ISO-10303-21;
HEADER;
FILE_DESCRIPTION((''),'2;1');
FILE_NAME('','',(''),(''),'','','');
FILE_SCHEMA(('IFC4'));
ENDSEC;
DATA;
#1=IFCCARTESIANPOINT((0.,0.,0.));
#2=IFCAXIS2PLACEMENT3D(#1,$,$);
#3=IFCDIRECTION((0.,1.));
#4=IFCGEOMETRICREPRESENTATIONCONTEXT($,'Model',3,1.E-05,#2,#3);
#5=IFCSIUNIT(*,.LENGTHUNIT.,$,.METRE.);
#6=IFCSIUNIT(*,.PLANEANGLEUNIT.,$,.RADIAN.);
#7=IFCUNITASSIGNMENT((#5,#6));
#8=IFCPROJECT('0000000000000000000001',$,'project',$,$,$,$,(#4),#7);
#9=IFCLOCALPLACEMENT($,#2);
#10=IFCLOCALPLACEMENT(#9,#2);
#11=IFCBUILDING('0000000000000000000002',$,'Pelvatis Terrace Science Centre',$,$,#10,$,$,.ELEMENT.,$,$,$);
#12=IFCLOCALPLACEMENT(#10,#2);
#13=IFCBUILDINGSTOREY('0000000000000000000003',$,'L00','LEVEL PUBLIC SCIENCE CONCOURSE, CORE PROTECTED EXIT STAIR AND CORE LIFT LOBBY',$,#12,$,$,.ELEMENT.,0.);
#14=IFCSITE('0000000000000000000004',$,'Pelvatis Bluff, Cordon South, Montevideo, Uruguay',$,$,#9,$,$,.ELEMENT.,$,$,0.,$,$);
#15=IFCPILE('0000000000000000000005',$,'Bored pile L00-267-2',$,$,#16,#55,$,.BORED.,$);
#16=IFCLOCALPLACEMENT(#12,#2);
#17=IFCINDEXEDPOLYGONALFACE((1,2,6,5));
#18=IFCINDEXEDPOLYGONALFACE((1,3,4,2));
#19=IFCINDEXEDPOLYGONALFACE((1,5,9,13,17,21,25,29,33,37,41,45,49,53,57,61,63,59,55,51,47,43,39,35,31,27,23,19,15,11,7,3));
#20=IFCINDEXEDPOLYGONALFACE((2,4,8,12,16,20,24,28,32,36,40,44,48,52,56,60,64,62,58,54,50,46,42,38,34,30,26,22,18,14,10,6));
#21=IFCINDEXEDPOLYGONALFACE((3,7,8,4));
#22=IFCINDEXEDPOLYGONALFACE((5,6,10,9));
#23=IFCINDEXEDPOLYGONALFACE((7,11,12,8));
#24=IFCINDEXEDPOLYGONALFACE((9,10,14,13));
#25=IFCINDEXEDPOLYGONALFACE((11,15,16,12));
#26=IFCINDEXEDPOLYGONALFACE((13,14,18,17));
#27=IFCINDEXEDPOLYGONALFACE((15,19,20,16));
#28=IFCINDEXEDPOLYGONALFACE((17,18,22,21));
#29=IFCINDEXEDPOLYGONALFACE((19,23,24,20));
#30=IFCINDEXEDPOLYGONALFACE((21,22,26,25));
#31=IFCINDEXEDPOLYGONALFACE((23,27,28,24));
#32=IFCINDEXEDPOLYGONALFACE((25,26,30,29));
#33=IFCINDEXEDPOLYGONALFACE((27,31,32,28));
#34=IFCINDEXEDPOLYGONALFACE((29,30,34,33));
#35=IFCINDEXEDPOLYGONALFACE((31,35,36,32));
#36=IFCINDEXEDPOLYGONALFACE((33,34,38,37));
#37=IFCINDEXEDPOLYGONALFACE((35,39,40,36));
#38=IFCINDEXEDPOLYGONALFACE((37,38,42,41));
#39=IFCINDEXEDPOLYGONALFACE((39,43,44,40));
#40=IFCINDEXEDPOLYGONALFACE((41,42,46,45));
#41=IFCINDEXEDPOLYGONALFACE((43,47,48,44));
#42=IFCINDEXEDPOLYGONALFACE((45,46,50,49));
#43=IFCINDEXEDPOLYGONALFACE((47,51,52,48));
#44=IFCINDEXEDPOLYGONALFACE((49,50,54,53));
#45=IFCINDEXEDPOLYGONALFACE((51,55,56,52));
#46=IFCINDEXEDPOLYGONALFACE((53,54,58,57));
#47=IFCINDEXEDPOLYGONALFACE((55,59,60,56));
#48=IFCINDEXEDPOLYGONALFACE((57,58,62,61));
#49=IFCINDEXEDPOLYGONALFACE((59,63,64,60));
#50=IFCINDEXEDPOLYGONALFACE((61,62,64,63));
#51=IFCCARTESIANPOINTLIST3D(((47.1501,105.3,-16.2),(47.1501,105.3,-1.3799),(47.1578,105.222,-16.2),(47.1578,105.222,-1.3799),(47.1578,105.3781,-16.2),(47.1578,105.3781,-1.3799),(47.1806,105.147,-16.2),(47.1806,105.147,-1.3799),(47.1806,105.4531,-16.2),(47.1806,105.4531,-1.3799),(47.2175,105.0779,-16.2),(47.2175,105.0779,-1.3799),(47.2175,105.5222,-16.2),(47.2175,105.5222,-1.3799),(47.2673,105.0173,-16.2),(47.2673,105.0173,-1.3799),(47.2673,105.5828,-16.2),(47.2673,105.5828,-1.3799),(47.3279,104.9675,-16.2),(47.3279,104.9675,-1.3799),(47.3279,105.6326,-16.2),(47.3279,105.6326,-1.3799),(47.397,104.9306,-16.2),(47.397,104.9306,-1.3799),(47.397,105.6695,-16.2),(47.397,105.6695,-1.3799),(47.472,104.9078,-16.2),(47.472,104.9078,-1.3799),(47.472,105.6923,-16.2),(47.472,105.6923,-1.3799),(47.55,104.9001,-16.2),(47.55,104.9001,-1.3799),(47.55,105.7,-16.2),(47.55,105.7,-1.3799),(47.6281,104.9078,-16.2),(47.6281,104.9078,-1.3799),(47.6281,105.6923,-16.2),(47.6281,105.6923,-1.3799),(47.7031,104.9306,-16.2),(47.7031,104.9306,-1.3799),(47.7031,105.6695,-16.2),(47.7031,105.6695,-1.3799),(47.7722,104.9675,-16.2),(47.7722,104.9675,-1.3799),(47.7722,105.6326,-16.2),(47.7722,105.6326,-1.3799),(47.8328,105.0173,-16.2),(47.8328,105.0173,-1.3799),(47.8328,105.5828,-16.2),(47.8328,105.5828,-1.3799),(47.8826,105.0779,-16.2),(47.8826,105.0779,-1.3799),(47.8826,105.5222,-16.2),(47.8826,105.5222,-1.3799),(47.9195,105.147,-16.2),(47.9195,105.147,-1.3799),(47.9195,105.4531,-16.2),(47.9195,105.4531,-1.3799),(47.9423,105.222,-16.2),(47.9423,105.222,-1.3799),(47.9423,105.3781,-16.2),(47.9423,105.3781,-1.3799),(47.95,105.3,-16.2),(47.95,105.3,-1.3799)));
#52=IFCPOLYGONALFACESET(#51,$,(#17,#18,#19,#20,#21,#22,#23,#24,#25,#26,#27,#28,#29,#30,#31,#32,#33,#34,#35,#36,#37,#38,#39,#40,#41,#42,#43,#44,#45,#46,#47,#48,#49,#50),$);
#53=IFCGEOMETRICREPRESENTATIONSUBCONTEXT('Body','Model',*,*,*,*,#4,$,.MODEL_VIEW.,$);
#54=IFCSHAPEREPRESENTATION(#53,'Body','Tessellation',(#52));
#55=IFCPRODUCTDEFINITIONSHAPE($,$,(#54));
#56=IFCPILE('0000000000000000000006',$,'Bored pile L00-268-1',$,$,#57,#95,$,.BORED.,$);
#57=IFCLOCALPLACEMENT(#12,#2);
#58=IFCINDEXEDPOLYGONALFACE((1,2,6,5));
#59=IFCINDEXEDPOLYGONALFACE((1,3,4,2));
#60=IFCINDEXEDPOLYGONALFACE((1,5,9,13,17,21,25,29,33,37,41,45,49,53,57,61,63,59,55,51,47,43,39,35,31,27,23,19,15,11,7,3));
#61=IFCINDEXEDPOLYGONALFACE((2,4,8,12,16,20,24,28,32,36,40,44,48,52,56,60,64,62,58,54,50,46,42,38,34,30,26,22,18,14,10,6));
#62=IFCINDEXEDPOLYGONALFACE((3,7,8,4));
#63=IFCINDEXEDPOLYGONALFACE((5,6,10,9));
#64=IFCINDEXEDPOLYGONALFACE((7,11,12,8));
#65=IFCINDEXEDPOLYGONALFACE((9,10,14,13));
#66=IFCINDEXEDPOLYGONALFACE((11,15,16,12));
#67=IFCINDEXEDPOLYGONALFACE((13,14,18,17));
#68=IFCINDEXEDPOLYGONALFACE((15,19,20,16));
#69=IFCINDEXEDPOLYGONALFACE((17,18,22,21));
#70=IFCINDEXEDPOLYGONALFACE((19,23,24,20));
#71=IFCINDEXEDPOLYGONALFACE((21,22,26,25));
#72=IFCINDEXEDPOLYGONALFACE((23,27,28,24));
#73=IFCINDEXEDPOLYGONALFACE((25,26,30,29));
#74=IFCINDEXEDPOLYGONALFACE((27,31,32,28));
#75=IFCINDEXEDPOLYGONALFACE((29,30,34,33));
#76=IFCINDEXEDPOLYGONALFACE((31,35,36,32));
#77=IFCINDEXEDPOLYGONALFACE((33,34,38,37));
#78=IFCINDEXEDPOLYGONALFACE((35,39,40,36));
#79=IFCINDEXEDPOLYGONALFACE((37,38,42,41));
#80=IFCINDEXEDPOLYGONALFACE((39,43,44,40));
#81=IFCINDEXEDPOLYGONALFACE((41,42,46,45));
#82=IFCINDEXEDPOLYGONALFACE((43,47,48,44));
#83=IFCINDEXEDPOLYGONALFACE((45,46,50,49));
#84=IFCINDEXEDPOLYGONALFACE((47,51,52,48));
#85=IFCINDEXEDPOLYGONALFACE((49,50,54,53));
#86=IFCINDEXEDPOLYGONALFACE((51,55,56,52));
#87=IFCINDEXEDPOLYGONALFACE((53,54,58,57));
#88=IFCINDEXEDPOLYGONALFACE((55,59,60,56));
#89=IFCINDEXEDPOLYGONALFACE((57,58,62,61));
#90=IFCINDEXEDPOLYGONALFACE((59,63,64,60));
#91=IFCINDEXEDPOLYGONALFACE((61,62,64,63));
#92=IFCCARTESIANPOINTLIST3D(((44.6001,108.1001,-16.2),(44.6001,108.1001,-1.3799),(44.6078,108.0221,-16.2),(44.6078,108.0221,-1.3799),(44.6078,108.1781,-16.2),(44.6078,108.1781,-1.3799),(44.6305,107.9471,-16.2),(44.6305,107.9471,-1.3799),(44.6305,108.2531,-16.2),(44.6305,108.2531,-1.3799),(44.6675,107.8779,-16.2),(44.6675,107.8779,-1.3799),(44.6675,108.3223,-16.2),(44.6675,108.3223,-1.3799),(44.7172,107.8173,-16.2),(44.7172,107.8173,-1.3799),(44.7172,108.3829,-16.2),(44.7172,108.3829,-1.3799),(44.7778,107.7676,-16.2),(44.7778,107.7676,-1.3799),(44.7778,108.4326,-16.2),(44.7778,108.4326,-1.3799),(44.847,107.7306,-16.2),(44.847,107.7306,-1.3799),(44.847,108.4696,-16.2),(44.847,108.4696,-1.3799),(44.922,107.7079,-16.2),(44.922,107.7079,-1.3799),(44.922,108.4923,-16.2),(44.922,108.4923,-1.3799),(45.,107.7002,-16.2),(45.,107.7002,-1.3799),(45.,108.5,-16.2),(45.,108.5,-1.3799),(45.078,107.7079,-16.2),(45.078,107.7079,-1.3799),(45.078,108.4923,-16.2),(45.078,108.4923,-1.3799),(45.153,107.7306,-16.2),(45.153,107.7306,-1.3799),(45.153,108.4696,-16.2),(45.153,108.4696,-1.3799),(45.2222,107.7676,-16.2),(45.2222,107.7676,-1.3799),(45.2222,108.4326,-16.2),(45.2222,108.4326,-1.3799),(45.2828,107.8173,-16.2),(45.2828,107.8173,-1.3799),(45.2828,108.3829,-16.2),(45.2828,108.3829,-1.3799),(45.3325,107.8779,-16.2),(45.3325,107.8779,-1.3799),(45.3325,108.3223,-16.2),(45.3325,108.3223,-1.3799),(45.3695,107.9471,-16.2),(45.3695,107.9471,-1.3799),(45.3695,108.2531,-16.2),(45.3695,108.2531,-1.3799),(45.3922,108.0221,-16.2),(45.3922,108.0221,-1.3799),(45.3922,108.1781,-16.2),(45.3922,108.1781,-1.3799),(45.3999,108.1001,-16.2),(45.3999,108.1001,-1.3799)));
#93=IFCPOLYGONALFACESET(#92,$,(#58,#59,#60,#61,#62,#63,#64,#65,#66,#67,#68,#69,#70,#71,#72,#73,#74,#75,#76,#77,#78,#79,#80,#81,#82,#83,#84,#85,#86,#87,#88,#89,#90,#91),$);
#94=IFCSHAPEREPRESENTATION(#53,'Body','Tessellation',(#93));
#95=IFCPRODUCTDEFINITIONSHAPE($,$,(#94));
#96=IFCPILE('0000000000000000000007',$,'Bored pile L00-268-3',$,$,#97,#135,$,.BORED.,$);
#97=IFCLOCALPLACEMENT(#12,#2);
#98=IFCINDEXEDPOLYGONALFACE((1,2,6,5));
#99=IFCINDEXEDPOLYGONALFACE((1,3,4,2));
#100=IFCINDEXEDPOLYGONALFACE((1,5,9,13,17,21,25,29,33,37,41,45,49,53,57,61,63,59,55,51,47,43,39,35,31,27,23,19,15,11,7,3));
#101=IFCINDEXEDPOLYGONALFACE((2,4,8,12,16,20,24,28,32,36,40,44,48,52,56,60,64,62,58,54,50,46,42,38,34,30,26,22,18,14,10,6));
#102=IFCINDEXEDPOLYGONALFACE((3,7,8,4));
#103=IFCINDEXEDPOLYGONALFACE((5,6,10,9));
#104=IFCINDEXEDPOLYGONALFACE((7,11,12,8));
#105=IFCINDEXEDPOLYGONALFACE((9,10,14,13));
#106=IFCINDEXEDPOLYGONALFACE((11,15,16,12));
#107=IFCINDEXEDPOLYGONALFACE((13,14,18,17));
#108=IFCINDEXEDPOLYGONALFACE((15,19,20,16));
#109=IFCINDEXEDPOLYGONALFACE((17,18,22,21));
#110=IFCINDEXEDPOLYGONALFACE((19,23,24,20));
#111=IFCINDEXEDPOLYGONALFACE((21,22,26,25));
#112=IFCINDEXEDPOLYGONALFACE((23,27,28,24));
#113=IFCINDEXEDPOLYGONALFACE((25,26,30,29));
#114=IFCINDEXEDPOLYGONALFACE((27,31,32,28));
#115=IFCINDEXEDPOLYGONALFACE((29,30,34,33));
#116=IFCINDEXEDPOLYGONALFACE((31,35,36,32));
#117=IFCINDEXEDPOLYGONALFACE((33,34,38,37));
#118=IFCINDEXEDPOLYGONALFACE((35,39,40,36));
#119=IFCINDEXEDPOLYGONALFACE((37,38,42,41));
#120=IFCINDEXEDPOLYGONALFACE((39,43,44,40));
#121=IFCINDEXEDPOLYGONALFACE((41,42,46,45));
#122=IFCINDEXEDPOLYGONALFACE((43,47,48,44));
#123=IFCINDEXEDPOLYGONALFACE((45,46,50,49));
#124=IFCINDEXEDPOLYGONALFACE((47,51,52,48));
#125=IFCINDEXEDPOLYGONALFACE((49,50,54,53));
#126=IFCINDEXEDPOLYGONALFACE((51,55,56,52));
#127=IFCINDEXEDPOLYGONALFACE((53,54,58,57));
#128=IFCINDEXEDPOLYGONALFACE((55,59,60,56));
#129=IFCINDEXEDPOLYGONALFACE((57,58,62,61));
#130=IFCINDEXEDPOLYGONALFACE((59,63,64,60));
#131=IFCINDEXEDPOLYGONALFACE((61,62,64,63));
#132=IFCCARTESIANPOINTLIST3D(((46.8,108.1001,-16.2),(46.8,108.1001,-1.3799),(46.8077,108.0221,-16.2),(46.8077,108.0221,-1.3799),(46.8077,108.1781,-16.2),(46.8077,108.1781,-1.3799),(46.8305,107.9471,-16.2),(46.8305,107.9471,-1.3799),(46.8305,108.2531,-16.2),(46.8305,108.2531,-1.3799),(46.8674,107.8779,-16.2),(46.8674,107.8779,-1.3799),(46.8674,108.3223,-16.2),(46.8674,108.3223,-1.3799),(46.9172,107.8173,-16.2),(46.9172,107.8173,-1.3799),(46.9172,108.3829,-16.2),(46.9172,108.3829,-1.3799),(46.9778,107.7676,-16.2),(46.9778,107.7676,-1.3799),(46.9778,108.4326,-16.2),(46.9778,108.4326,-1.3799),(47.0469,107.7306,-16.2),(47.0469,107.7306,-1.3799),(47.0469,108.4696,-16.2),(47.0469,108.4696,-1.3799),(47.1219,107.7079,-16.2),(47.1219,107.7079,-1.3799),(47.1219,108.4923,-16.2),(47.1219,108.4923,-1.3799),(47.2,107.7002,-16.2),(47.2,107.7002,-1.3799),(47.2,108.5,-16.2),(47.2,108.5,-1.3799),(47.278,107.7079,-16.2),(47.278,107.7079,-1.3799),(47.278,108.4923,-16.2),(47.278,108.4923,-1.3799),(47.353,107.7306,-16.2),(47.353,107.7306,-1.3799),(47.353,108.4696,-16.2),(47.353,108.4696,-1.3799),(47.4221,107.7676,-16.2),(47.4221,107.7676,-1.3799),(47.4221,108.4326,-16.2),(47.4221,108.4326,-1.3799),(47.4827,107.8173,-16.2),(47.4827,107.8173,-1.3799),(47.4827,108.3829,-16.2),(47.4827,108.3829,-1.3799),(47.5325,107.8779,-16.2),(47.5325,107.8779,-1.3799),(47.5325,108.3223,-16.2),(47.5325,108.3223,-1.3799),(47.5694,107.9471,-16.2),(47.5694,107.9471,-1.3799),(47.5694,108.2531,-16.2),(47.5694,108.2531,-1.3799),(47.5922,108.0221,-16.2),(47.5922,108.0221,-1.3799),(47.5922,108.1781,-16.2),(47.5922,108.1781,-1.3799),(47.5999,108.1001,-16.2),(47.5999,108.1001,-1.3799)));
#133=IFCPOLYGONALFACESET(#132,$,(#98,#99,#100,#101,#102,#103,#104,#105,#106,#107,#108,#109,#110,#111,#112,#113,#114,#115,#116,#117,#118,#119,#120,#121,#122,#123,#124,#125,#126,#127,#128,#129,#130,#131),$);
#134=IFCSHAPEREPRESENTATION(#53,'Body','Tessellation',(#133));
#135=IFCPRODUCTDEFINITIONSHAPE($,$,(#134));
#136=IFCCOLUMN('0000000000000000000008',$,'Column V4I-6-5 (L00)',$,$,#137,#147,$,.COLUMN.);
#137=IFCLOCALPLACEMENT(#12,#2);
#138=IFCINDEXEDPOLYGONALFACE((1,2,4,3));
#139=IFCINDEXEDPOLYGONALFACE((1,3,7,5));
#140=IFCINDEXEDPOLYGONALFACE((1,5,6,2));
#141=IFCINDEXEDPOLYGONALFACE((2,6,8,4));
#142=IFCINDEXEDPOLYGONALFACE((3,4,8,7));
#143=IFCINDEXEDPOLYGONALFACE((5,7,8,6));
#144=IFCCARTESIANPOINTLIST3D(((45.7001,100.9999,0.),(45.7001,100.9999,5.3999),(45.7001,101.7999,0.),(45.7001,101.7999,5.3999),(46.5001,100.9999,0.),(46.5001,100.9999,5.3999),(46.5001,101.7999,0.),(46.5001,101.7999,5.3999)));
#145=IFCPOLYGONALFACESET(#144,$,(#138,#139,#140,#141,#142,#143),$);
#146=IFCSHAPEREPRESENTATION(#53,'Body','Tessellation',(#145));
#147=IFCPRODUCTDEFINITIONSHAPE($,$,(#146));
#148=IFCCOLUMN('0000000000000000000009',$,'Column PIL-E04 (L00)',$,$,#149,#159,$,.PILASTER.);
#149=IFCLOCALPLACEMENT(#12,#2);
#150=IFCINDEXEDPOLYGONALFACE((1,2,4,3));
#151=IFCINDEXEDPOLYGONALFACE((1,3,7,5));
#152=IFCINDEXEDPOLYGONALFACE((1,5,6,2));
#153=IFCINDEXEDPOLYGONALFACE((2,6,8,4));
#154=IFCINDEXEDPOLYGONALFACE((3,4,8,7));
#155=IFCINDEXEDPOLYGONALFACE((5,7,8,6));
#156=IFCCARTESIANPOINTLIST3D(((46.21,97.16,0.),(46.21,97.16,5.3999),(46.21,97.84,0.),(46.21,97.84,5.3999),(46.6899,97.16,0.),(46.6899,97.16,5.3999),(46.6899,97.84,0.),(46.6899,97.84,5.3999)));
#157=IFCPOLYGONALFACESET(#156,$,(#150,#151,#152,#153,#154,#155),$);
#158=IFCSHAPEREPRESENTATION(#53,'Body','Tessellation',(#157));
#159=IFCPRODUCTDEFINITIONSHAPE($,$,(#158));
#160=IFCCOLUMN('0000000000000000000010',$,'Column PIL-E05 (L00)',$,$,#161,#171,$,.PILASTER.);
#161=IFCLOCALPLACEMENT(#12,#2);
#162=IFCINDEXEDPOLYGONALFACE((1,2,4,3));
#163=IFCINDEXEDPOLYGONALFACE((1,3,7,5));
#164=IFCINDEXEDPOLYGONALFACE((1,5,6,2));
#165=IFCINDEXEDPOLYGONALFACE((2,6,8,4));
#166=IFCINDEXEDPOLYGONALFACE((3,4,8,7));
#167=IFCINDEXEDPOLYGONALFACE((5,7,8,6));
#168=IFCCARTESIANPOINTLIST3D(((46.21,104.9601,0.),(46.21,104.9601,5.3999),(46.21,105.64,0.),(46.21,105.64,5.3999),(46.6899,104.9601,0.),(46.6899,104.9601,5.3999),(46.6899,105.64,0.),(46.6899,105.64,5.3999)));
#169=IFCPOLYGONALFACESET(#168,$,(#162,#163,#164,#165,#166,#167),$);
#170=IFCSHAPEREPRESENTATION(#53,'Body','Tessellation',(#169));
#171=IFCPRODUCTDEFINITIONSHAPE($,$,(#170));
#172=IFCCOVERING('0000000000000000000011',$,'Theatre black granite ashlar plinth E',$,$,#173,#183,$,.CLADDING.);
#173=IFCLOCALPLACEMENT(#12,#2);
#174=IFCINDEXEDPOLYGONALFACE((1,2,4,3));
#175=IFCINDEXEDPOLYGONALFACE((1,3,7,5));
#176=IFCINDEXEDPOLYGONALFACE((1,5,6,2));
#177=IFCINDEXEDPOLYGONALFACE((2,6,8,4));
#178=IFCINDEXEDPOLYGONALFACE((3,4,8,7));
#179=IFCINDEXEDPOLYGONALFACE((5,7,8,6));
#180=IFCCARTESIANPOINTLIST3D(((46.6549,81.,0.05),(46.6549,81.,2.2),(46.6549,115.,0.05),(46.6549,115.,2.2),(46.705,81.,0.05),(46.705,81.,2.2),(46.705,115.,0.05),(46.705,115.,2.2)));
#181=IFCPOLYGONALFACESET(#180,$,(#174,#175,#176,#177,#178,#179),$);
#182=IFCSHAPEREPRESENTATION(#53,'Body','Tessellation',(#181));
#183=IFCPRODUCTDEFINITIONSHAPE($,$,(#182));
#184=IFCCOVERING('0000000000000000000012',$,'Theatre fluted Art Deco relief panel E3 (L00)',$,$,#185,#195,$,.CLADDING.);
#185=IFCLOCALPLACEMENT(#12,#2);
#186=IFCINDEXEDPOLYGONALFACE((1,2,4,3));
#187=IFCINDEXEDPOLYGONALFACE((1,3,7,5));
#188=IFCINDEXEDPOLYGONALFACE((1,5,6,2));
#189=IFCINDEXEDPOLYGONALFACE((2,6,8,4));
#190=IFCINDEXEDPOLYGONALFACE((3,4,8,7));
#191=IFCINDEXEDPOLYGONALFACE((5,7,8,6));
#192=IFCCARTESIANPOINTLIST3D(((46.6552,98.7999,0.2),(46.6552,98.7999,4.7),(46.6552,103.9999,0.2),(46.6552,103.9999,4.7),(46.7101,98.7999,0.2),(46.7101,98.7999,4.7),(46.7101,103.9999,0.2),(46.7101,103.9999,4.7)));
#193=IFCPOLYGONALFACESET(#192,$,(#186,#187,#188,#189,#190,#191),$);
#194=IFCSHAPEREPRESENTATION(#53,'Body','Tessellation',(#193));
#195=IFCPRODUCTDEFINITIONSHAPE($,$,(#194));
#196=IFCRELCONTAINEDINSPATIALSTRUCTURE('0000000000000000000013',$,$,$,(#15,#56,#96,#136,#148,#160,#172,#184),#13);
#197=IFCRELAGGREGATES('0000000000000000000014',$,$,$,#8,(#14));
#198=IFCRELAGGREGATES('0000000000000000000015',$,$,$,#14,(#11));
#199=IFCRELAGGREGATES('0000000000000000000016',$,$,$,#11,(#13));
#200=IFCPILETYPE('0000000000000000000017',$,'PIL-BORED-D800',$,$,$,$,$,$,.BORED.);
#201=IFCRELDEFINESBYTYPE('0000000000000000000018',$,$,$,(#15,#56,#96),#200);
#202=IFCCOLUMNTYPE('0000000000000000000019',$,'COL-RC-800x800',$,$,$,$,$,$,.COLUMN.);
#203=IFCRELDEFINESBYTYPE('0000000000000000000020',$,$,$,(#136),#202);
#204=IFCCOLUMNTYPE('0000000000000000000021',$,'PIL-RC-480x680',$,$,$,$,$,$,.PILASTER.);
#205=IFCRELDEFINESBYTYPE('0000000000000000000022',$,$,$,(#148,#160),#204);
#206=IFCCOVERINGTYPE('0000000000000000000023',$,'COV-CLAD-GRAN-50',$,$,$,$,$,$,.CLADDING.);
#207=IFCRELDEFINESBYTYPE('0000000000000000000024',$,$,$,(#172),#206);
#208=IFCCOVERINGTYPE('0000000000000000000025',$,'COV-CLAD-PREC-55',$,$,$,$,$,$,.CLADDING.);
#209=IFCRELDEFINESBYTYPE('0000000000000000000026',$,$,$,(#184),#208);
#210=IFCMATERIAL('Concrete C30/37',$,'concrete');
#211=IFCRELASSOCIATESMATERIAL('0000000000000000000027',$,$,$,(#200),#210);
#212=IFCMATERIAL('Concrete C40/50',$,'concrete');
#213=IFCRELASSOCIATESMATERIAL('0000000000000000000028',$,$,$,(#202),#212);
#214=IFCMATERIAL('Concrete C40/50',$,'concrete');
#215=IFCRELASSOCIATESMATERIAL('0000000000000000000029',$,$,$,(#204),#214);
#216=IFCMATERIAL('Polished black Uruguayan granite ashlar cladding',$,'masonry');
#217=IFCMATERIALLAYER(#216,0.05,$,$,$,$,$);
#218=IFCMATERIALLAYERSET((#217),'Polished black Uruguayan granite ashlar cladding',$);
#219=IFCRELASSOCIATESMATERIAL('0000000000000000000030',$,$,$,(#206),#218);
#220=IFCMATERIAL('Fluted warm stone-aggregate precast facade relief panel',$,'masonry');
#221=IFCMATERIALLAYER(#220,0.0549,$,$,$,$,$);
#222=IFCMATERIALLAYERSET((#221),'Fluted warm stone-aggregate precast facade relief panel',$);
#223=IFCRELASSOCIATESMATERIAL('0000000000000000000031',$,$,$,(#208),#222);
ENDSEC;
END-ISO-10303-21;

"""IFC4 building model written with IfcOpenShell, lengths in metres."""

from ifc_helpers import new_model, si_unit, direction, frame, origin, origin_2d, place, context, subcontext, project, spatial, rectangle, circle, extrude, material, layer, layer_set, material_profile, profile_set, type_object, element, save


model = new_model("IFC4")

# Units and contexts
model_context = context("Model", 3, precision=1e-05, world=origin(), true_north=direction((0.0, 1.0)))
body_context = subcontext(model_context, "Body", "Model", "MODEL_VIEW")
ifc_project = project(units=[si_unit("LENGTHUNIT", "METRE"), si_unit("PLANEANGLEUNIT", "RADIAN")], contexts=[model_context])

# Site, building, storey
site_placement = place(None, origin())
site = spatial("IfcSite", under=ifc_project, at=site_placement, Name="Pelvatis Bluff, Cordon South, Montevideo, Uruguay", CompositionType="ELEMENT", RefElevation=0.0)
building_placement = place(site_placement, origin())
building = spatial("IfcBuilding", under=site, at=building_placement, Name="Pelvatis Terrace Science Centre", CompositionType="ELEMENT")
storey_placement = place(building_placement, origin())
storey = spatial("IfcBuildingStorey", under=building, at=storey_placement, Name="L00", Description="LEVEL PUBLIC SCIENCE CONCOURSE, CORE PROTECTED EXIT STAIR AND CORE LIFT LOBBY", CompositionType="ELEMENT", Elevation=0.0)

# Piles
ifc_material_1 = material(Name="Concrete C30/37", Category="concrete")
ifc_material_profile_1 = material_profile(ifc_material_1, circle(Radius=0.3999, at=origin_2d()), Name="PILE D800")
ifc_profile_set_1 = profile_set([ifc_material_profile_1], Name="Concrete C30/37")
pile_type = type_object("IfcPileType", Name="PIL-BORED-D800", PredefinedType="BORED", material=ifc_profile_set_1)
for number, where, z_axis, x_axis, name in (
    (1, (47.55, 105.3, -1.3799), (0.0, 0.0, -1.0), (1.0, 0.0, 0.0), "Bored pile L00-267-2"),
    (2, (45.0, 108.1001, -1.3799), (0.0, 0.0, -1.0), (1.0, 0.0, 0.0), "Bored pile L00-268-1"),
    (3, (47.2, 108.1001, -1.3799), (0.0, 0.0, -1.0), (1.0, 0.0, 0.0), "Bored pile L00-268-3"),
):
    element("IfcPile", number, at=place(storey_placement, frame(where, z_axis=z_axis, x_axis=x_axis)), inside=storey, type_object=pile_type, Name=name, PredefinedType="BORED", context=body_context, shape_type="SweptSolid", body=[
        extrude(circle(Radius=0.3999, at=origin_2d()), origin(), (0.0, 0.0, 1.0), 14.8201),
    ])

# Columns
ifc_material_2 = material(Name="Concrete C40/50", Category="concrete")
ifc_material_profile_2 = material_profile(ifc_material_2, rectangle(XDim=0.8, YDim=0.8, at=origin_2d()), Name="RC-COL 800x800")
ifc_profile_set_2 = profile_set([ifc_material_profile_2], Name="Concrete C40/50")
column_type_1 = type_object("IfcColumnType", Name="COL-RC-800x800", PredefinedType="COLUMN", material=ifc_profile_set_2)
column_placement = place(storey_placement, frame((46.1001, 101.3999, 0.0), z_axis=(0.0, 0.0, 1.0), x_axis=(1.0, 0.0, 0.0)))
element("IfcColumn", 4, at=column_placement, inside=storey, type_object=column_type_1, Name="Column V4I-6-5 (L00)", PredefinedType="COLUMN", context=body_context, shape_type="SweptSolid", body=[
    extrude(rectangle(XDim=0.8, YDim=0.8, at=origin_2d()), origin(), (0.0, 0.0, 1.0), 5.3999),
])
ifc_material_3 = material(Name="Concrete C40/50", Category="concrete")
ifc_material_profile_3 = material_profile(ifc_material_3, rectangle(XDim=0.48, YDim=0.6799, at=origin_2d()), Name="RC-PIL 480x680")
ifc_profile_set_3 = profile_set([ifc_material_profile_3], Name="Concrete C40/50")
column_type_2 = type_object("IfcColumnType", Name="PIL-RC-480x680", PredefinedType="PILASTER", material=ifc_profile_set_3)
for number, where, z_axis, x_axis, name in (
    (5, (46.45, 97.5, 0.0), (0.0, 0.0, 1.0), (1.0, 0.0, 0.0), "Column PIL-E04 (L00)"),
    (6, (46.45, 105.3, 0.0), (0.0, 0.0, 1.0), (1.0, 0.0, 0.0), "Column PIL-E05 (L00)"),
):
    element("IfcColumn", number, at=place(storey_placement, frame(where, z_axis=z_axis, x_axis=x_axis)), inside=storey, type_object=column_type_2, Name=name, PredefinedType="PILASTER", context=body_context, shape_type="SweptSolid", body=[
        extrude(rectangle(XDim=0.48, YDim=0.6799, at=origin_2d()), origin(), (0.0, 0.0, 1.0), 5.3999),
    ])

# Coverings
ifc_material_4 = material(Name="Polished black Uruguayan granite ashlar cladding", Category="masonry")
ifc_layer_1 = layer(ifc_material_4, 0.05)
ifc_layer_set_1 = layer_set([ifc_layer_1], Name="Polished black Uruguayan granite ashlar cladding")
covering_type_1 = type_object("IfcCoveringType", Name="COV-CLAD-GRAN-50", PredefinedType="CLADDING", material=ifc_layer_set_1)
covering_1_placement = place(storey_placement, frame((46.6799, 98.0, 0.05), z_axis=(0.0, 0.0, 1.0), x_axis=(1.0, 0.0, 0.0)))
element("IfcCovering", 7, at=covering_1_placement, inside=storey, type_object=covering_type_1, Name="Theatre black granite ashlar plinth E", PredefinedType="CLADDING", context=body_context, shape_type="SweptSolid", body=[
    extrude(rectangle(XDim=0.05, YDim=34.0, at=origin_2d()), origin(), (0.0, 0.0, 1.0), 2.1499),
])
ifc_material_5 = material(Name="Fluted warm stone-aggregate precast facade relief panel", Category="masonry")
ifc_layer_2 = layer(ifc_material_5, 0.0549)
ifc_layer_set_2 = layer_set([ifc_layer_2], Name="Fluted warm stone-aggregate precast facade relief panel")
covering_type_2 = type_object("IfcCoveringType", Name="COV-CLAD-PREC-55", PredefinedType="CLADDING", material=ifc_layer_set_2)
covering_2_placement = place(storey_placement, frame((46.6826, 101.3999, 0.2), z_axis=(0.0, 0.0, 1.0), x_axis=(1.0, 0.0, 0.0)))
element("IfcCovering", 8, at=covering_2_placement, inside=storey, type_object=covering_type_2, Name="Theatre fluted Art Deco relief panel E3 (L00)", PredefinedType="CLADDING", context=body_context, shape_type="SweptSolid", body=[
    extrude(rectangle(XDim=0.0549, YDim=5.2, at=origin_2d()), origin(), (0.0, 0.0, 1.0), 4.5),
])

save(model, "model.ifc")
